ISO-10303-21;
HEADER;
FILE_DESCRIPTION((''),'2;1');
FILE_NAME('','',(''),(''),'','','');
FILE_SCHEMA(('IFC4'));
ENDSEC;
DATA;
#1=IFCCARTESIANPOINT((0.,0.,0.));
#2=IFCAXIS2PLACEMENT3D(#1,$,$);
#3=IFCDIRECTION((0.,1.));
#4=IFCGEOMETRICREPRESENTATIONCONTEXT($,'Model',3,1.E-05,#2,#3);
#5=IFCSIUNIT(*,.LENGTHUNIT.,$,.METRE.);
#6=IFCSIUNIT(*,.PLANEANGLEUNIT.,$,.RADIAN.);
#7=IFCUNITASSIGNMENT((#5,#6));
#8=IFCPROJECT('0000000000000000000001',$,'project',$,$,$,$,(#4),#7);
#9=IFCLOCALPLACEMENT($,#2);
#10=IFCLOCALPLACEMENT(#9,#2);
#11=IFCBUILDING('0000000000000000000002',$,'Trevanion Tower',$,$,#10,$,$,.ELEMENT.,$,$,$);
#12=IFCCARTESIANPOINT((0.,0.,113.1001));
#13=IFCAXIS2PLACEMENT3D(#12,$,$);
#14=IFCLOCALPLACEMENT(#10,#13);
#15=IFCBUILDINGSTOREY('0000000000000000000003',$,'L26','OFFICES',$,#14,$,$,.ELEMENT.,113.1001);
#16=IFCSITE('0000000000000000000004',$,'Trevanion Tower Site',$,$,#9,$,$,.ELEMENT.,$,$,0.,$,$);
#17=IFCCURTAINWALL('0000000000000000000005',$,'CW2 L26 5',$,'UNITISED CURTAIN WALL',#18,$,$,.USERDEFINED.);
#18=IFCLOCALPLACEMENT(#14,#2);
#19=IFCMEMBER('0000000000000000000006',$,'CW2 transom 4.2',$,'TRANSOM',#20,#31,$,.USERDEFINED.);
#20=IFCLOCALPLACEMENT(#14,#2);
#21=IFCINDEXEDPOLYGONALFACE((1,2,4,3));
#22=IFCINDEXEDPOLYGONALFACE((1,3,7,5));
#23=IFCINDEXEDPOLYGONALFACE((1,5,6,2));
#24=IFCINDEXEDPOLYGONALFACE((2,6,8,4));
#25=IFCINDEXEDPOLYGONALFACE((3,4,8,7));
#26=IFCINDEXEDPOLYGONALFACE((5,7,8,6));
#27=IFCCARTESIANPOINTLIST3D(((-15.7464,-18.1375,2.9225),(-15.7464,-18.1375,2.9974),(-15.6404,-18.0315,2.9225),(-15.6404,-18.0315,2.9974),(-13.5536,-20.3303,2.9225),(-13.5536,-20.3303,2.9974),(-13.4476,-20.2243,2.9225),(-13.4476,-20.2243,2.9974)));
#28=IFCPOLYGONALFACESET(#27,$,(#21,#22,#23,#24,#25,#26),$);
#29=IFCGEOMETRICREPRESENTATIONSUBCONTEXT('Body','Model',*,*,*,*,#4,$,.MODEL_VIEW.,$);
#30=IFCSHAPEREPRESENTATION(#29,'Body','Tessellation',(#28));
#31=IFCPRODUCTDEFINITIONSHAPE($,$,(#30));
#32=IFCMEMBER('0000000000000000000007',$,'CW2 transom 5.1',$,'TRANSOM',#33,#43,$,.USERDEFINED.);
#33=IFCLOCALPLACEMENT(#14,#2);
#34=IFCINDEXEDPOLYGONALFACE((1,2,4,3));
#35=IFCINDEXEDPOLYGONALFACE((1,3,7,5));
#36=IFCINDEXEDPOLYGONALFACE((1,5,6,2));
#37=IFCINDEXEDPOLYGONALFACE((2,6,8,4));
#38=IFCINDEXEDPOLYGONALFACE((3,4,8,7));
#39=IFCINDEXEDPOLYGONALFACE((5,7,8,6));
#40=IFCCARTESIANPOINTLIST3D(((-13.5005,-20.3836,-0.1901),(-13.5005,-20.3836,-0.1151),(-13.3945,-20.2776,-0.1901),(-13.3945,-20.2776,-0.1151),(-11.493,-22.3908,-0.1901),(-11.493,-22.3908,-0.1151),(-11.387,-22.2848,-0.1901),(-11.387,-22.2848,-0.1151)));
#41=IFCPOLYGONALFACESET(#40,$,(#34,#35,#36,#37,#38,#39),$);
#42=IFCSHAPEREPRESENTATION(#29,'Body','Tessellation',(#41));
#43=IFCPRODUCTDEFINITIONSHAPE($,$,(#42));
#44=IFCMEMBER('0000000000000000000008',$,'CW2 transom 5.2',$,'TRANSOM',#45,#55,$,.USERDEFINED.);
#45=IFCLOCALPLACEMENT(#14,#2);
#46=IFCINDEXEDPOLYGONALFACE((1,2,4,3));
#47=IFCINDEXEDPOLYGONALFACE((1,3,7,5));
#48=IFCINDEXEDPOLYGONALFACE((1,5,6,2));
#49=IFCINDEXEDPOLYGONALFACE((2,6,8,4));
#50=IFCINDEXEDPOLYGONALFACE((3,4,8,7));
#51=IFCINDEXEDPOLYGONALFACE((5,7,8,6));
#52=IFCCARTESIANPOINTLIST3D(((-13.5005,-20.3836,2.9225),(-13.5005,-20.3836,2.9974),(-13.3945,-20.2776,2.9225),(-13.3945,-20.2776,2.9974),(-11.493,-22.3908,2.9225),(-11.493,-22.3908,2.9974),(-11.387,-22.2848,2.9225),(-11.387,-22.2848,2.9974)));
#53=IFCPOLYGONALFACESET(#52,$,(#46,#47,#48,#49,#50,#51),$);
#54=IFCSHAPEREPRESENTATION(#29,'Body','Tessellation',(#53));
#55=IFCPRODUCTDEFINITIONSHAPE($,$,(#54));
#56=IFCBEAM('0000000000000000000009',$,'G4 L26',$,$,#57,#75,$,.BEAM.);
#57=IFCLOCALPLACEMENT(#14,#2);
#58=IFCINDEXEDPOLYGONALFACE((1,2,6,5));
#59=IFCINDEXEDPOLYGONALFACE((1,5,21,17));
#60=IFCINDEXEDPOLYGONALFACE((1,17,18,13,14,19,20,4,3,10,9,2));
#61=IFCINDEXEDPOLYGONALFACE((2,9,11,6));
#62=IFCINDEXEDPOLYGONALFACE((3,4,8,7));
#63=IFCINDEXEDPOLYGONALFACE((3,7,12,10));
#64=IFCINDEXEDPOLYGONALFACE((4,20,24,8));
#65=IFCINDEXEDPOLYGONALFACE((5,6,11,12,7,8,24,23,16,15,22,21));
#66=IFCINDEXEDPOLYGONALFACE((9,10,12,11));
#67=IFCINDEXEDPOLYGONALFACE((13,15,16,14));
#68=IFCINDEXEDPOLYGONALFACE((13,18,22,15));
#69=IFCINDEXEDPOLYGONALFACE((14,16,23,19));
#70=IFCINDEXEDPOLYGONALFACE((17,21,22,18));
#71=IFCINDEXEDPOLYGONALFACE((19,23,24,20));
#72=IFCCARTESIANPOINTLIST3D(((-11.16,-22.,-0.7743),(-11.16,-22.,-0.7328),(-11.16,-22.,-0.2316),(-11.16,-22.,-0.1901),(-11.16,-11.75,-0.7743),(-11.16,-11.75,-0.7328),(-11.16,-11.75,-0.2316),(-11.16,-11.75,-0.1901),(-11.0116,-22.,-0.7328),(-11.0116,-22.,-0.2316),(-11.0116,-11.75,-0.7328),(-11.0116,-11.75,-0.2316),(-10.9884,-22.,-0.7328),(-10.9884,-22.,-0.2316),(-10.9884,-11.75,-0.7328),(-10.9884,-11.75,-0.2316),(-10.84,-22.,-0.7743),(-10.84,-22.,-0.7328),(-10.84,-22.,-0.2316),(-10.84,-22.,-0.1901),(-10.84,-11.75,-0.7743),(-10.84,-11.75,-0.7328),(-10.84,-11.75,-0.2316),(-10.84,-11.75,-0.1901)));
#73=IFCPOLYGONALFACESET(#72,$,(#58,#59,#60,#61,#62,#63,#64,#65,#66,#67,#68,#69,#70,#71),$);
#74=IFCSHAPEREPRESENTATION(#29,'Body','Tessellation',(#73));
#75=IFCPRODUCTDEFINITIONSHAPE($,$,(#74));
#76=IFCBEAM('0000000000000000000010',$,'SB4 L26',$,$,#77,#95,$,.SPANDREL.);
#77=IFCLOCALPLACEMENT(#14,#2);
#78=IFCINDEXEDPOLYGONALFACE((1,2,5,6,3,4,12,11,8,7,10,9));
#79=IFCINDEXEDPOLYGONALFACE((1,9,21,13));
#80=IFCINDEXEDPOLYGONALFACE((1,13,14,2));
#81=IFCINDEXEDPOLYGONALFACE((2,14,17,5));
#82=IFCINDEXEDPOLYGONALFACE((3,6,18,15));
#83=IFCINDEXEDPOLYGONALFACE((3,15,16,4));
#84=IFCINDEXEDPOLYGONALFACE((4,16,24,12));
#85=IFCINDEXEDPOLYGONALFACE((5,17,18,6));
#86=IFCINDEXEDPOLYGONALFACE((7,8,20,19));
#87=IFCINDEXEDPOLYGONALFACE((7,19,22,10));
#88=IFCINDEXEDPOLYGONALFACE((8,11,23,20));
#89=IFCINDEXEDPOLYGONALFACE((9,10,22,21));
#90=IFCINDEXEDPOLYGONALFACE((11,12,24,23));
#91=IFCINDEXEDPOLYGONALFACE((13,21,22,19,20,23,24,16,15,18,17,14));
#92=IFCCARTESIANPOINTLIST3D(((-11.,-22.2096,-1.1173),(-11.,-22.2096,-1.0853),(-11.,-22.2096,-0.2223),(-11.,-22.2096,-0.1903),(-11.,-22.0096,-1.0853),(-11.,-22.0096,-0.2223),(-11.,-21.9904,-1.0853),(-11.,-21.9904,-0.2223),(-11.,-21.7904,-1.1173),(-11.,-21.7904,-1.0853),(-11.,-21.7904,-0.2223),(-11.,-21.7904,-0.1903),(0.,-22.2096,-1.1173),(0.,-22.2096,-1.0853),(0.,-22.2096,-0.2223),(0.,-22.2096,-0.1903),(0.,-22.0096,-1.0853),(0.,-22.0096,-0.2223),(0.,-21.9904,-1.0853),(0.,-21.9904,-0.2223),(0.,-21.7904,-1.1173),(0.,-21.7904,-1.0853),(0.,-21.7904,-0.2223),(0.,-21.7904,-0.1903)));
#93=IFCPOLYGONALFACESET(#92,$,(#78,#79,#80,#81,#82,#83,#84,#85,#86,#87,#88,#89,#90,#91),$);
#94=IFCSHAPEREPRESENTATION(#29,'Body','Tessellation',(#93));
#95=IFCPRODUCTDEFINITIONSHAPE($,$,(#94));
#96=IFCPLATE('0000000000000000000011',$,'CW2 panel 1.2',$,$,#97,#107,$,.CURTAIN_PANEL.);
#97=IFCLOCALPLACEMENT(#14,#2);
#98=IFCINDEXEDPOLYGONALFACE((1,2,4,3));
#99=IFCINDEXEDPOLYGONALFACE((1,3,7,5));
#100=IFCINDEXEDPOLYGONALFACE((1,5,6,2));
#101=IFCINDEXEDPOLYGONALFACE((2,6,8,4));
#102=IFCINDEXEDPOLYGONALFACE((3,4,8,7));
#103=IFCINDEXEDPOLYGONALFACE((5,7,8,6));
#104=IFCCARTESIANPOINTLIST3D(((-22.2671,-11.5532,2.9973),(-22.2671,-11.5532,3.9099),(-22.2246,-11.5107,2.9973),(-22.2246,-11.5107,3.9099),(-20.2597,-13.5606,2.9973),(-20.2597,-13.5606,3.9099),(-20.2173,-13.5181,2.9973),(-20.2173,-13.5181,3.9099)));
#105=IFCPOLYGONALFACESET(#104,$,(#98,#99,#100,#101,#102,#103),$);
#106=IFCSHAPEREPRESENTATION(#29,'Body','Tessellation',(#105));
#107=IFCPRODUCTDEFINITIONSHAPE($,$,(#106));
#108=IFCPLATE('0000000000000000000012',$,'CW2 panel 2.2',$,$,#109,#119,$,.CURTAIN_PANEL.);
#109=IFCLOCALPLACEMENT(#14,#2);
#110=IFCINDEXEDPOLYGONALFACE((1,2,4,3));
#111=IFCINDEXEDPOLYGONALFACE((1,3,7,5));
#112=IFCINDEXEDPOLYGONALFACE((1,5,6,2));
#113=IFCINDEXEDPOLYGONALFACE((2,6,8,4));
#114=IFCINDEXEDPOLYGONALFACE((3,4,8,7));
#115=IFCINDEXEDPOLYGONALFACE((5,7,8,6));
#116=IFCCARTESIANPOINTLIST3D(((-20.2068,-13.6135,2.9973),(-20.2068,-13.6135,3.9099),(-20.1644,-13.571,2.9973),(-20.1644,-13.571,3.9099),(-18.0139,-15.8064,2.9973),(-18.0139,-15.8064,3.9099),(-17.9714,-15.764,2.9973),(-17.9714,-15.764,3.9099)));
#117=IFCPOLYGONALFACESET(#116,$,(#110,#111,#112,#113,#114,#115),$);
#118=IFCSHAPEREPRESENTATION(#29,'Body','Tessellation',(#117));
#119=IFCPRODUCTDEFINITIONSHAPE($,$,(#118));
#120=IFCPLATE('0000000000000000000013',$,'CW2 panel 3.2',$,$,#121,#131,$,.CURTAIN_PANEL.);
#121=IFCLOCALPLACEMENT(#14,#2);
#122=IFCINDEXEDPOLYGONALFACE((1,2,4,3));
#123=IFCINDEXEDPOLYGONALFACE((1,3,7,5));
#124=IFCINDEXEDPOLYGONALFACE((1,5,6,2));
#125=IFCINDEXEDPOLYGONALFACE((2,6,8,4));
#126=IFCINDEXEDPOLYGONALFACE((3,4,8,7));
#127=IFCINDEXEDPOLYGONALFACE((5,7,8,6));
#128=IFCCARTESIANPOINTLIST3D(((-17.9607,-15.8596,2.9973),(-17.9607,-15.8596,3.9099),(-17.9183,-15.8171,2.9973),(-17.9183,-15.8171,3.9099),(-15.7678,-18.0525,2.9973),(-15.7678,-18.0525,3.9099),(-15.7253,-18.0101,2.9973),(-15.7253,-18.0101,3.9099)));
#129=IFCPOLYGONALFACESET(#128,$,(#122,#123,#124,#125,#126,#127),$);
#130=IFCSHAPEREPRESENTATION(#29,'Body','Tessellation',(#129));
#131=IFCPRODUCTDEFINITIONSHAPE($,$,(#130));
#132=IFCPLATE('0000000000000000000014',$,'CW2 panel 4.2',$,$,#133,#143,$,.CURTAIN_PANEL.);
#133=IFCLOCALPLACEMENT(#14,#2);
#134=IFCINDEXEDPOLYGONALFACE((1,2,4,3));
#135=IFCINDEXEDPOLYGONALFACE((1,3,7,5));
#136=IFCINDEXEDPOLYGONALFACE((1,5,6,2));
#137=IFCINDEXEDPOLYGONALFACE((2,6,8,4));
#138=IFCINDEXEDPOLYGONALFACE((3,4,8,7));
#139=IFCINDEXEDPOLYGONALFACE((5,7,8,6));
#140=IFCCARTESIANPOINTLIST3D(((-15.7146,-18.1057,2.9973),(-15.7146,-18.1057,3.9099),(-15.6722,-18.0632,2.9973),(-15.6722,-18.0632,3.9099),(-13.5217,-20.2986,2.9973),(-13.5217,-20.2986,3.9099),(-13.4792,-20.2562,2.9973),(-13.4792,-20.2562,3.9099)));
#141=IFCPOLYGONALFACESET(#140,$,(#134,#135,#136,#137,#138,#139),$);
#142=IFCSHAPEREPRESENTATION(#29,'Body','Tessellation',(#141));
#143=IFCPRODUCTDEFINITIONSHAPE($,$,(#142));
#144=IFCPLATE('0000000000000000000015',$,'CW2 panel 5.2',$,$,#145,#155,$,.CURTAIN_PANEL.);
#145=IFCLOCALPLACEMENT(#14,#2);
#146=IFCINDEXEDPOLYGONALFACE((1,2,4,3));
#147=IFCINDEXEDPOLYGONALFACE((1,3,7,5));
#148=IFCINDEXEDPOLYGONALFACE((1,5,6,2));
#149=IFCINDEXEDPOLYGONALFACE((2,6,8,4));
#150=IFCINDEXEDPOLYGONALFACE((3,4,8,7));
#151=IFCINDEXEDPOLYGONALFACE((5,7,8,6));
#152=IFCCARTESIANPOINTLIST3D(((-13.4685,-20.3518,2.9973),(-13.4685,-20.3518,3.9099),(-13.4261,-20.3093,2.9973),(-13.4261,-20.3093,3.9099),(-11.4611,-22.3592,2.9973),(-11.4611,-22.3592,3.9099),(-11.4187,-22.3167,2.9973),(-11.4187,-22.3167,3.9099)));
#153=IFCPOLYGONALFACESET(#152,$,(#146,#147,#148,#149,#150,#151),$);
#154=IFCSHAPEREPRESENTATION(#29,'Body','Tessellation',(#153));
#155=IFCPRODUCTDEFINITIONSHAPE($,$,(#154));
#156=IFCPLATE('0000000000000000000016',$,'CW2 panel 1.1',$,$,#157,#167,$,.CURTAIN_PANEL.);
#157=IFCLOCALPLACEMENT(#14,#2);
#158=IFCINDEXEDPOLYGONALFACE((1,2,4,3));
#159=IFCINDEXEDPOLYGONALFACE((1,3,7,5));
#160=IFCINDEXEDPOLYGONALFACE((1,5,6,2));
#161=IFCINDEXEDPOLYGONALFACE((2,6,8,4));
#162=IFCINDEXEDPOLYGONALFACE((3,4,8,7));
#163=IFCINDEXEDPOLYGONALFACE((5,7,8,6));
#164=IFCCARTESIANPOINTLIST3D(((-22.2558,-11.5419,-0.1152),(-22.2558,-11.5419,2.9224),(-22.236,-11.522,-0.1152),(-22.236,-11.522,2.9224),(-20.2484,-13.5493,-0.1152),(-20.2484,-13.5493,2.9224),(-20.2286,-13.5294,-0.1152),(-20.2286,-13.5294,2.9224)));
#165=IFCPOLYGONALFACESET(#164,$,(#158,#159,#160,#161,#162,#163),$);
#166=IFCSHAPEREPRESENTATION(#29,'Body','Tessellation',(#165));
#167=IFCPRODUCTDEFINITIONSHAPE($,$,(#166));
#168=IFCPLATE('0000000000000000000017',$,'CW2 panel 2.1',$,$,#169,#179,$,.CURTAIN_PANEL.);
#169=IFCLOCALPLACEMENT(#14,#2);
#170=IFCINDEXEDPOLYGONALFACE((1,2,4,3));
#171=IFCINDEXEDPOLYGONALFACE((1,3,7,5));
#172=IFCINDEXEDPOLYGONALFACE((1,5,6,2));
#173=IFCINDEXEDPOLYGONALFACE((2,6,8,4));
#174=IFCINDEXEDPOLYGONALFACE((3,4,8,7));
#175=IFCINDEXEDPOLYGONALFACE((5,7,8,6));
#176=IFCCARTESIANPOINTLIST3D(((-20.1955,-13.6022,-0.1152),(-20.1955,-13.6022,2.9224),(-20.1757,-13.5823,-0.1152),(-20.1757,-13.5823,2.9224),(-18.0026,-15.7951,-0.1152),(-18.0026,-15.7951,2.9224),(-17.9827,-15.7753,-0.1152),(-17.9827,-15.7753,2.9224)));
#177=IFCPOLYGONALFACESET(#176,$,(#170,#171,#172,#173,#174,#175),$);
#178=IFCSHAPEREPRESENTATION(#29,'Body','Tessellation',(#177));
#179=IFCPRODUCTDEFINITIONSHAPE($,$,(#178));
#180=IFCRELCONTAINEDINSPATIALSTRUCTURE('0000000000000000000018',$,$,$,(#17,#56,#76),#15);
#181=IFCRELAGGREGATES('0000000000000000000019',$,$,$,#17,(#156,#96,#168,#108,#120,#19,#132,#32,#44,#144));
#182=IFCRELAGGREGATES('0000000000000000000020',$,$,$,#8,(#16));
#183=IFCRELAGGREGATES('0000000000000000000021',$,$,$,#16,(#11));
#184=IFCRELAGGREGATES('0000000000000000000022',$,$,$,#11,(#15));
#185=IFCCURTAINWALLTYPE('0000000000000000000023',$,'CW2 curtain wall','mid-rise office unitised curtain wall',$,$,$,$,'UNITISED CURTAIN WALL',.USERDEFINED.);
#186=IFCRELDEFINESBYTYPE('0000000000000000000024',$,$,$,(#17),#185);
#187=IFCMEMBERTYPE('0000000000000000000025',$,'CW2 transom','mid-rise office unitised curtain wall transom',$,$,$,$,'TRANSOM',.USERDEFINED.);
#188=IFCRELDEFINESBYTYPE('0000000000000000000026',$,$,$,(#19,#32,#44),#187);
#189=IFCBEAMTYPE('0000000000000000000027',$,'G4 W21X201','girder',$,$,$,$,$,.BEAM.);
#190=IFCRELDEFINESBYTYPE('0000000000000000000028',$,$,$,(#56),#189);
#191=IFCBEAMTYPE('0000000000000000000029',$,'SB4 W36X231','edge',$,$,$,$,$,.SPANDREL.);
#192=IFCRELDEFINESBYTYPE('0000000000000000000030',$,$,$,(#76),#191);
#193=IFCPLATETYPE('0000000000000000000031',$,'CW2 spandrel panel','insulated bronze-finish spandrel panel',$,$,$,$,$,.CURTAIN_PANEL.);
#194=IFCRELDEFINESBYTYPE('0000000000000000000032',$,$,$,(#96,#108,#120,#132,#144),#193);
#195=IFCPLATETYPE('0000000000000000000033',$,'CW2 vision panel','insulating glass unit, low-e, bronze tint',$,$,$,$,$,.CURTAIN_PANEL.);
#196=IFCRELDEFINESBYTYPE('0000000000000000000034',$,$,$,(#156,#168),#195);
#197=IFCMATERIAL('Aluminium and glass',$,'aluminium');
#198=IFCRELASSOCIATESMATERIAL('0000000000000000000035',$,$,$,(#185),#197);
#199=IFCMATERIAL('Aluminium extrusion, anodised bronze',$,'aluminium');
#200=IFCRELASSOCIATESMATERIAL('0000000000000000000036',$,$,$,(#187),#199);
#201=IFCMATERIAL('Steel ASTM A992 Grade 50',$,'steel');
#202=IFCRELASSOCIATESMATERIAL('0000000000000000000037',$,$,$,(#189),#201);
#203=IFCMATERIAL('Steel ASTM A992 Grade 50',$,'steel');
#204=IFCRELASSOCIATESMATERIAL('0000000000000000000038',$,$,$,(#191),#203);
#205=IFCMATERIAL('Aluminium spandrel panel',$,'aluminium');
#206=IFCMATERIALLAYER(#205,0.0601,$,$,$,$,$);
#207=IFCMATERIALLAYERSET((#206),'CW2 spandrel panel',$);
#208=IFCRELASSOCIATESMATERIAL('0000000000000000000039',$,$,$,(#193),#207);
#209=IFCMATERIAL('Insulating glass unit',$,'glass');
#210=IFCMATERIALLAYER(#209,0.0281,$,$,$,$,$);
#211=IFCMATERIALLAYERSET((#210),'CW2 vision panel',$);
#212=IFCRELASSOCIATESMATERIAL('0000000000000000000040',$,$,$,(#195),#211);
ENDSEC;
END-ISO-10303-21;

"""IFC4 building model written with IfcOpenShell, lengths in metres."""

from ifc_helpers import new_model, si_unit, direction, frame, origin, origin_2d, place, context, subcontext, project, spatial, rectangle, i_section, extrude, material, layer, layer_set, material_profile, profile_set, type_object, element, aggregate, save


model = new_model("IFC4")

# Units and contexts
model_context = context("Model", 3, precision=1e-05, world=origin(), true_north=direction((0.0, 1.0)))
body_context = subcontext(model_context, "Body", "Model", "MODEL_VIEW")
ifc_project = project(units=[si_unit("LENGTHUNIT", "METRE"), si_unit("PLANEANGLEUNIT", "RADIAN")], contexts=[model_context])

# Site, building, storey
site_placement = place(None, origin())
site = spatial("IfcSite", under=ifc_project, at=site_placement, Name="Trevanion Tower Site", CompositionType="ELEMENT", RefElevation=0.0)
building_placement = place(site_placement, origin())
building = spatial("IfcBuilding", under=site, at=building_placement, Name="Trevanion Tower", CompositionType="ELEMENT")
storey_placement = place(building_placement, frame((0.0, 0.0, 113.1001)))
storey = spatial("IfcBuildingStorey", under=building, at=storey_placement, Name="L26", Description="OFFICES", CompositionType="ELEMENT", Elevation=113.1001)

# Curtain wall, members
ifc_material_1 = material(Name="Aluminium and glass", Category="aluminium")
curtain_wall_type = type_object("IfcCurtainWallType", Name="CW2 curtain wall", Description="mid-rise office unitised curtain wall", ElementType="UNITISED CURTAIN WALL", PredefinedType="USERDEFINED", material=ifc_material_1)
curtain_wall_placement = place(storey_placement, origin())
curtain_wall = element("IfcCurtainWall", 1, at=curtain_wall_placement, inside=storey, type_object=curtain_wall_type, Name="CW2 L26 5", ObjectType="UNITISED CURTAIN WALL", PredefinedType="USERDEFINED")
ifc_material_2 = material(Name="Aluminium extrusion, anodised bronze", Category="aluminium")
ifc_material_profile_1 = material_profile(ifc_material_2, rectangle(XDim=0.1499, YDim=0.075, at=origin_2d()), Name="CW2 transom")
ifc_profile_set_1 = profile_set([ifc_material_profile_1], Name="Aluminium extrusion, anodised bronze")
member_type_1 = type_object("IfcMemberType", Name="CW2 transom", Description="mid-rise office unitised curtain wall transom", ElementType="TRANSOM", PredefinedType="USERDEFINED", material=ifc_profile_set_1)
member_1_placement = place(storey_placement, frame((-15.6934, -18.0845, 2.96), z_axis=(0.707107, -0.707107, 0.0), x_axis=(0.707107, 0.707107, 0.0)))
member_1 = element("IfcMember", 2, at=member_1_placement, type_object=member_type_1, Name="CW2 transom 4.2", ObjectType="TRANSOM", PredefinedType="USERDEFINED", context=body_context, shape_type="SweptSolid", body=[
    extrude(rectangle(XDim=0.1499, YDim=0.075, at=origin_2d()), origin(), (0.0, 0.0, 1.0), 3.1011),
])
member_2_placement = place(storey_placement, frame((-13.4475, -20.3306, -0.1526), z_axis=(0.70715, -0.707064, 0.0), x_axis=(0.707064, 0.70715, 0.0)))
member_2 = element("IfcMember", 3, at=member_2_placement, type_object=member_type_1, Name="CW2 transom 5.1", ObjectType="TRANSOM", PredefinedType="USERDEFINED", context=body_context, shape_type="SweptSolid", body=[
    extrude(rectangle(XDim=0.1499, YDim=0.075, at=origin_2d()), origin(), (0.0, 0.0, 1.0), 2.8389),
])
member_3_placement = place(storey_placement, frame((-13.4475, -20.3306, 2.96), z_axis=(0.70715, -0.707064, 0.0), x_axis=(0.707064, 0.70715, 0.0)))
member_3 = element("IfcMember", 4, at=member_3_placement, type_object=member_type_1, Name="CW2 transom 5.2", ObjectType="TRANSOM", PredefinedType="USERDEFINED", context=body_context, shape_type="SweptSolid", body=[
    extrude(rectangle(XDim=0.1499, YDim=0.075, at=origin_2d()), origin(), (0.0, 0.0, 1.0), 2.8389),
])

# Beams
ifc_material_3 = material(Name="Steel ASTM A992 Grade 50", Category="steel")
ifc_material_profile_2 = material_profile(ifc_material_3, i_section(OverallWidth=0.3201, OverallDepth=0.5842, WebThickness=0.0232, FlangeThickness=0.0415, at=origin_2d()), Name="W21X201")
ifc_profile_set_2 = profile_set([ifc_material_profile_2], Name="Steel ASTM A992 Grade 50")
beam_type_1 = type_object("IfcBeamType", Name="G4 W21X201", Description="girder", PredefinedType="BEAM", material=ifc_profile_set_2)
beam_1_placement = place(storey_placement, frame((-11.0, -11.75, -0.4822), z_axis=(0.0, -1.0, 0.0), x_axis=(1.0, 0.0, 0.0)))
element("IfcBeam", 5, at=beam_1_placement, inside=storey, type_object=beam_type_1, Name="G4 L26", PredefinedType="BEAM", context=body_context, shape_type="SweptSolid", body=[
    extrude(i_section(OverallWidth=0.3201, OverallDepth=0.5842, WebThickness=0.0232, FlangeThickness=0.0415, at=origin_2d()), origin(), (0.0, 0.0, 1.0), 10.25),
])
ifc_material_4 = material(Name="Steel ASTM A992 Grade 50", Category="steel")
ifc_material_profile_3 = material_profile(ifc_material_4, i_section(OverallWidth=0.4192, OverallDepth=0.927, WebThickness=0.0193, FlangeThickness=0.032, at=origin_2d()), Name="W36X231")
ifc_profile_set_3 = profile_set([ifc_material_profile_3], Name="Steel ASTM A992 Grade 50")
beam_type_2 = type_object("IfcBeamType", Name="SB4 W36X231", Description="edge", PredefinedType="SPANDREL", material=ifc_profile_set_3)
beam_2_placement = place(storey_placement, frame((-11.0, -22.0, -0.6538), z_axis=(1.0, 0.0, 0.0), x_axis=(0.0, 1.0, 0.0)))
element("IfcBeam", 6, at=beam_2_placement, inside=storey, type_object=beam_type_2, Name="SB4 L26", PredefinedType="SPANDREL", context=body_context, shape_type="SweptSolid", body=[
    extrude(i_section(OverallWidth=0.4192, OverallDepth=0.927, WebThickness=0.0193, FlangeThickness=0.032, at=origin_2d()), origin(), (0.0, 0.0, 1.0), 11.0),
])

# Plates
ifc_material_5 = material(Name="Aluminium spandrel panel", Category="aluminium")
ifc_layer_1 = layer(ifc_material_5, 0.0601)
ifc_layer_set_1 = layer_set([ifc_layer_1], Name="CW2 spandrel panel")
plate_type_1 = type_object("IfcPlateType", Name="CW2 spandrel panel", Description="insulated bronze-finish spandrel panel", PredefinedType="CURTAIN_PANEL", material=ifc_layer_set_1)
plate_1_placement = place(storey_placement, frame((-21.2422, -12.5356, 2.9973), z_axis=(0.0, 0.0, 1.0), x_axis=(0.707107, -0.707107, 0.0)))
plate_1 = element("IfcPlate", 7, at=plate_1_placement, type_object=plate_type_1, Name="CW2 panel 1.2", PredefinedType="CURTAIN_PANEL", context=body_context, shape_type="SweptSolid", body=[
    extrude(rectangle(XDim=2.8389, YDim=0.0601, at=origin_2d()), origin(), (0.0, 0.0, 1.0), 0.9126),
])
plate_2_placement = place(storey_placement, frame((-19.0891, -14.6887, 2.9973), z_axis=(0.0, 0.0, 1.0), x_axis=(0.707107, -0.707107, 0.0)))
plate_2 = element("IfcPlate", 8, at=plate_2_placement, type_object=plate_type_1, Name="CW2 panel 2.2", PredefinedType="CURTAIN_PANEL", context=body_context, shape_type="SweptSolid", body=[
    extrude(rectangle(XDim=3.1013, YDim=0.0601, at=origin_2d()), origin(), (0.0, 0.0, 1.0), 0.9126),
])
plate_3_placement = place(storey_placement, frame((-16.843, -16.9348, 2.9973), z_axis=(0.0, 0.0, 1.0), x_axis=(0.707107, -0.707107, 0.0)))
plate_3 = element("IfcPlate", 9, at=plate_3_placement, type_object=plate_type_1, Name="CW2 panel 3.2", PredefinedType="CURTAIN_PANEL", context=body_context, shape_type="SweptSolid", body=[
    extrude(rectangle(XDim=3.1013, YDim=0.0601, at=origin_2d()), origin(), (0.0, 0.0, 1.0), 0.9126),
])
plate_4_placement = place(storey_placement, frame((-14.5969, -19.1809, 2.9973), z_axis=(0.0, 0.0, 1.0), x_axis=(0.707107, -0.707107, 0.0)))
plate_4 = element("IfcPlate", 10, at=plate_4_placement, type_object=plate_type_1, Name="CW2 panel 4.2", PredefinedType="CURTAIN_PANEL", context=body_context, shape_type="SweptSolid", body=[
    extrude(rectangle(XDim=3.1013, YDim=0.0601, at=origin_2d()), origin(), (0.0, 0.0, 1.0), 0.9126),
])
plate_5_placement = place(storey_placement, frame((-12.4436, -21.3342, 2.9973), z_axis=(0.0, 0.0, 1.0), x_axis=(0.707107, -0.707107, 0.0)))
plate_5 = element("IfcPlate", 11, at=plate_5_placement, type_object=plate_type_1, Name="CW2 panel 5.2", PredefinedType="CURTAIN_PANEL", context=body_context, shape_type="SweptSolid", body=[
    extrude(rectangle(XDim=2.8389, YDim=0.0601, at=origin_2d()), origin(), (0.0, 0.0, 1.0), 0.9126),
])
ifc_material_6 = material(Name="Insulating glass unit", Category="glass")
ifc_layer_2 = layer(ifc_material_6, 0.0281)
ifc_layer_set_2 = layer_set([ifc_layer_2], Name="CW2 vision panel")
plate_type_2 = type_object("IfcPlateType", Name="CW2 vision panel", Description="insulating glass unit, low-e, bronze tint", PredefinedType="CURTAIN_PANEL", material=ifc_layer_set_2)
plate_6_placement = place(storey_placement, frame((-21.2422, -12.5356, -0.1152), z_axis=(0.0, 0.0, 1.0), x_axis=(0.707107, -0.707107, 0.0)))
plate_6 = element("IfcPlate", 12, at=plate_6_placement, type_object=plate_type_2, Name="CW2 panel 1.1", PredefinedType="CURTAIN_PANEL", context=body_context, shape_type="SweptSolid", body=[
    extrude(rectangle(XDim=2.8389, YDim=0.0281, at=origin_2d()), origin(), (0.0, 0.0, 1.0), 3.0376),
])
plate_7_placement = place(storey_placement, frame((-19.0891, -14.6887, -0.1152), z_axis=(0.0, 0.0, 1.0), x_axis=(0.707107, -0.707107, 0.0)))
plate_7 = element("IfcPlate", 13, at=plate_7_placement, type_object=plate_type_2, Name="CW2 panel 2.1", PredefinedType="CURTAIN_PANEL", context=body_context, shape_type="SweptSolid", body=[
    extrude(rectangle(XDim=3.1013, YDim=0.0281, at=origin_2d()), origin(), (0.0, 0.0, 1.0), 3.0376),
])
aggregate(curtain_wall, [plate_6, plate_1, plate_7, plate_2, plate_3, member_1, plate_4, member_2, member_3, plate_5])

save(model, "model.ifc")
